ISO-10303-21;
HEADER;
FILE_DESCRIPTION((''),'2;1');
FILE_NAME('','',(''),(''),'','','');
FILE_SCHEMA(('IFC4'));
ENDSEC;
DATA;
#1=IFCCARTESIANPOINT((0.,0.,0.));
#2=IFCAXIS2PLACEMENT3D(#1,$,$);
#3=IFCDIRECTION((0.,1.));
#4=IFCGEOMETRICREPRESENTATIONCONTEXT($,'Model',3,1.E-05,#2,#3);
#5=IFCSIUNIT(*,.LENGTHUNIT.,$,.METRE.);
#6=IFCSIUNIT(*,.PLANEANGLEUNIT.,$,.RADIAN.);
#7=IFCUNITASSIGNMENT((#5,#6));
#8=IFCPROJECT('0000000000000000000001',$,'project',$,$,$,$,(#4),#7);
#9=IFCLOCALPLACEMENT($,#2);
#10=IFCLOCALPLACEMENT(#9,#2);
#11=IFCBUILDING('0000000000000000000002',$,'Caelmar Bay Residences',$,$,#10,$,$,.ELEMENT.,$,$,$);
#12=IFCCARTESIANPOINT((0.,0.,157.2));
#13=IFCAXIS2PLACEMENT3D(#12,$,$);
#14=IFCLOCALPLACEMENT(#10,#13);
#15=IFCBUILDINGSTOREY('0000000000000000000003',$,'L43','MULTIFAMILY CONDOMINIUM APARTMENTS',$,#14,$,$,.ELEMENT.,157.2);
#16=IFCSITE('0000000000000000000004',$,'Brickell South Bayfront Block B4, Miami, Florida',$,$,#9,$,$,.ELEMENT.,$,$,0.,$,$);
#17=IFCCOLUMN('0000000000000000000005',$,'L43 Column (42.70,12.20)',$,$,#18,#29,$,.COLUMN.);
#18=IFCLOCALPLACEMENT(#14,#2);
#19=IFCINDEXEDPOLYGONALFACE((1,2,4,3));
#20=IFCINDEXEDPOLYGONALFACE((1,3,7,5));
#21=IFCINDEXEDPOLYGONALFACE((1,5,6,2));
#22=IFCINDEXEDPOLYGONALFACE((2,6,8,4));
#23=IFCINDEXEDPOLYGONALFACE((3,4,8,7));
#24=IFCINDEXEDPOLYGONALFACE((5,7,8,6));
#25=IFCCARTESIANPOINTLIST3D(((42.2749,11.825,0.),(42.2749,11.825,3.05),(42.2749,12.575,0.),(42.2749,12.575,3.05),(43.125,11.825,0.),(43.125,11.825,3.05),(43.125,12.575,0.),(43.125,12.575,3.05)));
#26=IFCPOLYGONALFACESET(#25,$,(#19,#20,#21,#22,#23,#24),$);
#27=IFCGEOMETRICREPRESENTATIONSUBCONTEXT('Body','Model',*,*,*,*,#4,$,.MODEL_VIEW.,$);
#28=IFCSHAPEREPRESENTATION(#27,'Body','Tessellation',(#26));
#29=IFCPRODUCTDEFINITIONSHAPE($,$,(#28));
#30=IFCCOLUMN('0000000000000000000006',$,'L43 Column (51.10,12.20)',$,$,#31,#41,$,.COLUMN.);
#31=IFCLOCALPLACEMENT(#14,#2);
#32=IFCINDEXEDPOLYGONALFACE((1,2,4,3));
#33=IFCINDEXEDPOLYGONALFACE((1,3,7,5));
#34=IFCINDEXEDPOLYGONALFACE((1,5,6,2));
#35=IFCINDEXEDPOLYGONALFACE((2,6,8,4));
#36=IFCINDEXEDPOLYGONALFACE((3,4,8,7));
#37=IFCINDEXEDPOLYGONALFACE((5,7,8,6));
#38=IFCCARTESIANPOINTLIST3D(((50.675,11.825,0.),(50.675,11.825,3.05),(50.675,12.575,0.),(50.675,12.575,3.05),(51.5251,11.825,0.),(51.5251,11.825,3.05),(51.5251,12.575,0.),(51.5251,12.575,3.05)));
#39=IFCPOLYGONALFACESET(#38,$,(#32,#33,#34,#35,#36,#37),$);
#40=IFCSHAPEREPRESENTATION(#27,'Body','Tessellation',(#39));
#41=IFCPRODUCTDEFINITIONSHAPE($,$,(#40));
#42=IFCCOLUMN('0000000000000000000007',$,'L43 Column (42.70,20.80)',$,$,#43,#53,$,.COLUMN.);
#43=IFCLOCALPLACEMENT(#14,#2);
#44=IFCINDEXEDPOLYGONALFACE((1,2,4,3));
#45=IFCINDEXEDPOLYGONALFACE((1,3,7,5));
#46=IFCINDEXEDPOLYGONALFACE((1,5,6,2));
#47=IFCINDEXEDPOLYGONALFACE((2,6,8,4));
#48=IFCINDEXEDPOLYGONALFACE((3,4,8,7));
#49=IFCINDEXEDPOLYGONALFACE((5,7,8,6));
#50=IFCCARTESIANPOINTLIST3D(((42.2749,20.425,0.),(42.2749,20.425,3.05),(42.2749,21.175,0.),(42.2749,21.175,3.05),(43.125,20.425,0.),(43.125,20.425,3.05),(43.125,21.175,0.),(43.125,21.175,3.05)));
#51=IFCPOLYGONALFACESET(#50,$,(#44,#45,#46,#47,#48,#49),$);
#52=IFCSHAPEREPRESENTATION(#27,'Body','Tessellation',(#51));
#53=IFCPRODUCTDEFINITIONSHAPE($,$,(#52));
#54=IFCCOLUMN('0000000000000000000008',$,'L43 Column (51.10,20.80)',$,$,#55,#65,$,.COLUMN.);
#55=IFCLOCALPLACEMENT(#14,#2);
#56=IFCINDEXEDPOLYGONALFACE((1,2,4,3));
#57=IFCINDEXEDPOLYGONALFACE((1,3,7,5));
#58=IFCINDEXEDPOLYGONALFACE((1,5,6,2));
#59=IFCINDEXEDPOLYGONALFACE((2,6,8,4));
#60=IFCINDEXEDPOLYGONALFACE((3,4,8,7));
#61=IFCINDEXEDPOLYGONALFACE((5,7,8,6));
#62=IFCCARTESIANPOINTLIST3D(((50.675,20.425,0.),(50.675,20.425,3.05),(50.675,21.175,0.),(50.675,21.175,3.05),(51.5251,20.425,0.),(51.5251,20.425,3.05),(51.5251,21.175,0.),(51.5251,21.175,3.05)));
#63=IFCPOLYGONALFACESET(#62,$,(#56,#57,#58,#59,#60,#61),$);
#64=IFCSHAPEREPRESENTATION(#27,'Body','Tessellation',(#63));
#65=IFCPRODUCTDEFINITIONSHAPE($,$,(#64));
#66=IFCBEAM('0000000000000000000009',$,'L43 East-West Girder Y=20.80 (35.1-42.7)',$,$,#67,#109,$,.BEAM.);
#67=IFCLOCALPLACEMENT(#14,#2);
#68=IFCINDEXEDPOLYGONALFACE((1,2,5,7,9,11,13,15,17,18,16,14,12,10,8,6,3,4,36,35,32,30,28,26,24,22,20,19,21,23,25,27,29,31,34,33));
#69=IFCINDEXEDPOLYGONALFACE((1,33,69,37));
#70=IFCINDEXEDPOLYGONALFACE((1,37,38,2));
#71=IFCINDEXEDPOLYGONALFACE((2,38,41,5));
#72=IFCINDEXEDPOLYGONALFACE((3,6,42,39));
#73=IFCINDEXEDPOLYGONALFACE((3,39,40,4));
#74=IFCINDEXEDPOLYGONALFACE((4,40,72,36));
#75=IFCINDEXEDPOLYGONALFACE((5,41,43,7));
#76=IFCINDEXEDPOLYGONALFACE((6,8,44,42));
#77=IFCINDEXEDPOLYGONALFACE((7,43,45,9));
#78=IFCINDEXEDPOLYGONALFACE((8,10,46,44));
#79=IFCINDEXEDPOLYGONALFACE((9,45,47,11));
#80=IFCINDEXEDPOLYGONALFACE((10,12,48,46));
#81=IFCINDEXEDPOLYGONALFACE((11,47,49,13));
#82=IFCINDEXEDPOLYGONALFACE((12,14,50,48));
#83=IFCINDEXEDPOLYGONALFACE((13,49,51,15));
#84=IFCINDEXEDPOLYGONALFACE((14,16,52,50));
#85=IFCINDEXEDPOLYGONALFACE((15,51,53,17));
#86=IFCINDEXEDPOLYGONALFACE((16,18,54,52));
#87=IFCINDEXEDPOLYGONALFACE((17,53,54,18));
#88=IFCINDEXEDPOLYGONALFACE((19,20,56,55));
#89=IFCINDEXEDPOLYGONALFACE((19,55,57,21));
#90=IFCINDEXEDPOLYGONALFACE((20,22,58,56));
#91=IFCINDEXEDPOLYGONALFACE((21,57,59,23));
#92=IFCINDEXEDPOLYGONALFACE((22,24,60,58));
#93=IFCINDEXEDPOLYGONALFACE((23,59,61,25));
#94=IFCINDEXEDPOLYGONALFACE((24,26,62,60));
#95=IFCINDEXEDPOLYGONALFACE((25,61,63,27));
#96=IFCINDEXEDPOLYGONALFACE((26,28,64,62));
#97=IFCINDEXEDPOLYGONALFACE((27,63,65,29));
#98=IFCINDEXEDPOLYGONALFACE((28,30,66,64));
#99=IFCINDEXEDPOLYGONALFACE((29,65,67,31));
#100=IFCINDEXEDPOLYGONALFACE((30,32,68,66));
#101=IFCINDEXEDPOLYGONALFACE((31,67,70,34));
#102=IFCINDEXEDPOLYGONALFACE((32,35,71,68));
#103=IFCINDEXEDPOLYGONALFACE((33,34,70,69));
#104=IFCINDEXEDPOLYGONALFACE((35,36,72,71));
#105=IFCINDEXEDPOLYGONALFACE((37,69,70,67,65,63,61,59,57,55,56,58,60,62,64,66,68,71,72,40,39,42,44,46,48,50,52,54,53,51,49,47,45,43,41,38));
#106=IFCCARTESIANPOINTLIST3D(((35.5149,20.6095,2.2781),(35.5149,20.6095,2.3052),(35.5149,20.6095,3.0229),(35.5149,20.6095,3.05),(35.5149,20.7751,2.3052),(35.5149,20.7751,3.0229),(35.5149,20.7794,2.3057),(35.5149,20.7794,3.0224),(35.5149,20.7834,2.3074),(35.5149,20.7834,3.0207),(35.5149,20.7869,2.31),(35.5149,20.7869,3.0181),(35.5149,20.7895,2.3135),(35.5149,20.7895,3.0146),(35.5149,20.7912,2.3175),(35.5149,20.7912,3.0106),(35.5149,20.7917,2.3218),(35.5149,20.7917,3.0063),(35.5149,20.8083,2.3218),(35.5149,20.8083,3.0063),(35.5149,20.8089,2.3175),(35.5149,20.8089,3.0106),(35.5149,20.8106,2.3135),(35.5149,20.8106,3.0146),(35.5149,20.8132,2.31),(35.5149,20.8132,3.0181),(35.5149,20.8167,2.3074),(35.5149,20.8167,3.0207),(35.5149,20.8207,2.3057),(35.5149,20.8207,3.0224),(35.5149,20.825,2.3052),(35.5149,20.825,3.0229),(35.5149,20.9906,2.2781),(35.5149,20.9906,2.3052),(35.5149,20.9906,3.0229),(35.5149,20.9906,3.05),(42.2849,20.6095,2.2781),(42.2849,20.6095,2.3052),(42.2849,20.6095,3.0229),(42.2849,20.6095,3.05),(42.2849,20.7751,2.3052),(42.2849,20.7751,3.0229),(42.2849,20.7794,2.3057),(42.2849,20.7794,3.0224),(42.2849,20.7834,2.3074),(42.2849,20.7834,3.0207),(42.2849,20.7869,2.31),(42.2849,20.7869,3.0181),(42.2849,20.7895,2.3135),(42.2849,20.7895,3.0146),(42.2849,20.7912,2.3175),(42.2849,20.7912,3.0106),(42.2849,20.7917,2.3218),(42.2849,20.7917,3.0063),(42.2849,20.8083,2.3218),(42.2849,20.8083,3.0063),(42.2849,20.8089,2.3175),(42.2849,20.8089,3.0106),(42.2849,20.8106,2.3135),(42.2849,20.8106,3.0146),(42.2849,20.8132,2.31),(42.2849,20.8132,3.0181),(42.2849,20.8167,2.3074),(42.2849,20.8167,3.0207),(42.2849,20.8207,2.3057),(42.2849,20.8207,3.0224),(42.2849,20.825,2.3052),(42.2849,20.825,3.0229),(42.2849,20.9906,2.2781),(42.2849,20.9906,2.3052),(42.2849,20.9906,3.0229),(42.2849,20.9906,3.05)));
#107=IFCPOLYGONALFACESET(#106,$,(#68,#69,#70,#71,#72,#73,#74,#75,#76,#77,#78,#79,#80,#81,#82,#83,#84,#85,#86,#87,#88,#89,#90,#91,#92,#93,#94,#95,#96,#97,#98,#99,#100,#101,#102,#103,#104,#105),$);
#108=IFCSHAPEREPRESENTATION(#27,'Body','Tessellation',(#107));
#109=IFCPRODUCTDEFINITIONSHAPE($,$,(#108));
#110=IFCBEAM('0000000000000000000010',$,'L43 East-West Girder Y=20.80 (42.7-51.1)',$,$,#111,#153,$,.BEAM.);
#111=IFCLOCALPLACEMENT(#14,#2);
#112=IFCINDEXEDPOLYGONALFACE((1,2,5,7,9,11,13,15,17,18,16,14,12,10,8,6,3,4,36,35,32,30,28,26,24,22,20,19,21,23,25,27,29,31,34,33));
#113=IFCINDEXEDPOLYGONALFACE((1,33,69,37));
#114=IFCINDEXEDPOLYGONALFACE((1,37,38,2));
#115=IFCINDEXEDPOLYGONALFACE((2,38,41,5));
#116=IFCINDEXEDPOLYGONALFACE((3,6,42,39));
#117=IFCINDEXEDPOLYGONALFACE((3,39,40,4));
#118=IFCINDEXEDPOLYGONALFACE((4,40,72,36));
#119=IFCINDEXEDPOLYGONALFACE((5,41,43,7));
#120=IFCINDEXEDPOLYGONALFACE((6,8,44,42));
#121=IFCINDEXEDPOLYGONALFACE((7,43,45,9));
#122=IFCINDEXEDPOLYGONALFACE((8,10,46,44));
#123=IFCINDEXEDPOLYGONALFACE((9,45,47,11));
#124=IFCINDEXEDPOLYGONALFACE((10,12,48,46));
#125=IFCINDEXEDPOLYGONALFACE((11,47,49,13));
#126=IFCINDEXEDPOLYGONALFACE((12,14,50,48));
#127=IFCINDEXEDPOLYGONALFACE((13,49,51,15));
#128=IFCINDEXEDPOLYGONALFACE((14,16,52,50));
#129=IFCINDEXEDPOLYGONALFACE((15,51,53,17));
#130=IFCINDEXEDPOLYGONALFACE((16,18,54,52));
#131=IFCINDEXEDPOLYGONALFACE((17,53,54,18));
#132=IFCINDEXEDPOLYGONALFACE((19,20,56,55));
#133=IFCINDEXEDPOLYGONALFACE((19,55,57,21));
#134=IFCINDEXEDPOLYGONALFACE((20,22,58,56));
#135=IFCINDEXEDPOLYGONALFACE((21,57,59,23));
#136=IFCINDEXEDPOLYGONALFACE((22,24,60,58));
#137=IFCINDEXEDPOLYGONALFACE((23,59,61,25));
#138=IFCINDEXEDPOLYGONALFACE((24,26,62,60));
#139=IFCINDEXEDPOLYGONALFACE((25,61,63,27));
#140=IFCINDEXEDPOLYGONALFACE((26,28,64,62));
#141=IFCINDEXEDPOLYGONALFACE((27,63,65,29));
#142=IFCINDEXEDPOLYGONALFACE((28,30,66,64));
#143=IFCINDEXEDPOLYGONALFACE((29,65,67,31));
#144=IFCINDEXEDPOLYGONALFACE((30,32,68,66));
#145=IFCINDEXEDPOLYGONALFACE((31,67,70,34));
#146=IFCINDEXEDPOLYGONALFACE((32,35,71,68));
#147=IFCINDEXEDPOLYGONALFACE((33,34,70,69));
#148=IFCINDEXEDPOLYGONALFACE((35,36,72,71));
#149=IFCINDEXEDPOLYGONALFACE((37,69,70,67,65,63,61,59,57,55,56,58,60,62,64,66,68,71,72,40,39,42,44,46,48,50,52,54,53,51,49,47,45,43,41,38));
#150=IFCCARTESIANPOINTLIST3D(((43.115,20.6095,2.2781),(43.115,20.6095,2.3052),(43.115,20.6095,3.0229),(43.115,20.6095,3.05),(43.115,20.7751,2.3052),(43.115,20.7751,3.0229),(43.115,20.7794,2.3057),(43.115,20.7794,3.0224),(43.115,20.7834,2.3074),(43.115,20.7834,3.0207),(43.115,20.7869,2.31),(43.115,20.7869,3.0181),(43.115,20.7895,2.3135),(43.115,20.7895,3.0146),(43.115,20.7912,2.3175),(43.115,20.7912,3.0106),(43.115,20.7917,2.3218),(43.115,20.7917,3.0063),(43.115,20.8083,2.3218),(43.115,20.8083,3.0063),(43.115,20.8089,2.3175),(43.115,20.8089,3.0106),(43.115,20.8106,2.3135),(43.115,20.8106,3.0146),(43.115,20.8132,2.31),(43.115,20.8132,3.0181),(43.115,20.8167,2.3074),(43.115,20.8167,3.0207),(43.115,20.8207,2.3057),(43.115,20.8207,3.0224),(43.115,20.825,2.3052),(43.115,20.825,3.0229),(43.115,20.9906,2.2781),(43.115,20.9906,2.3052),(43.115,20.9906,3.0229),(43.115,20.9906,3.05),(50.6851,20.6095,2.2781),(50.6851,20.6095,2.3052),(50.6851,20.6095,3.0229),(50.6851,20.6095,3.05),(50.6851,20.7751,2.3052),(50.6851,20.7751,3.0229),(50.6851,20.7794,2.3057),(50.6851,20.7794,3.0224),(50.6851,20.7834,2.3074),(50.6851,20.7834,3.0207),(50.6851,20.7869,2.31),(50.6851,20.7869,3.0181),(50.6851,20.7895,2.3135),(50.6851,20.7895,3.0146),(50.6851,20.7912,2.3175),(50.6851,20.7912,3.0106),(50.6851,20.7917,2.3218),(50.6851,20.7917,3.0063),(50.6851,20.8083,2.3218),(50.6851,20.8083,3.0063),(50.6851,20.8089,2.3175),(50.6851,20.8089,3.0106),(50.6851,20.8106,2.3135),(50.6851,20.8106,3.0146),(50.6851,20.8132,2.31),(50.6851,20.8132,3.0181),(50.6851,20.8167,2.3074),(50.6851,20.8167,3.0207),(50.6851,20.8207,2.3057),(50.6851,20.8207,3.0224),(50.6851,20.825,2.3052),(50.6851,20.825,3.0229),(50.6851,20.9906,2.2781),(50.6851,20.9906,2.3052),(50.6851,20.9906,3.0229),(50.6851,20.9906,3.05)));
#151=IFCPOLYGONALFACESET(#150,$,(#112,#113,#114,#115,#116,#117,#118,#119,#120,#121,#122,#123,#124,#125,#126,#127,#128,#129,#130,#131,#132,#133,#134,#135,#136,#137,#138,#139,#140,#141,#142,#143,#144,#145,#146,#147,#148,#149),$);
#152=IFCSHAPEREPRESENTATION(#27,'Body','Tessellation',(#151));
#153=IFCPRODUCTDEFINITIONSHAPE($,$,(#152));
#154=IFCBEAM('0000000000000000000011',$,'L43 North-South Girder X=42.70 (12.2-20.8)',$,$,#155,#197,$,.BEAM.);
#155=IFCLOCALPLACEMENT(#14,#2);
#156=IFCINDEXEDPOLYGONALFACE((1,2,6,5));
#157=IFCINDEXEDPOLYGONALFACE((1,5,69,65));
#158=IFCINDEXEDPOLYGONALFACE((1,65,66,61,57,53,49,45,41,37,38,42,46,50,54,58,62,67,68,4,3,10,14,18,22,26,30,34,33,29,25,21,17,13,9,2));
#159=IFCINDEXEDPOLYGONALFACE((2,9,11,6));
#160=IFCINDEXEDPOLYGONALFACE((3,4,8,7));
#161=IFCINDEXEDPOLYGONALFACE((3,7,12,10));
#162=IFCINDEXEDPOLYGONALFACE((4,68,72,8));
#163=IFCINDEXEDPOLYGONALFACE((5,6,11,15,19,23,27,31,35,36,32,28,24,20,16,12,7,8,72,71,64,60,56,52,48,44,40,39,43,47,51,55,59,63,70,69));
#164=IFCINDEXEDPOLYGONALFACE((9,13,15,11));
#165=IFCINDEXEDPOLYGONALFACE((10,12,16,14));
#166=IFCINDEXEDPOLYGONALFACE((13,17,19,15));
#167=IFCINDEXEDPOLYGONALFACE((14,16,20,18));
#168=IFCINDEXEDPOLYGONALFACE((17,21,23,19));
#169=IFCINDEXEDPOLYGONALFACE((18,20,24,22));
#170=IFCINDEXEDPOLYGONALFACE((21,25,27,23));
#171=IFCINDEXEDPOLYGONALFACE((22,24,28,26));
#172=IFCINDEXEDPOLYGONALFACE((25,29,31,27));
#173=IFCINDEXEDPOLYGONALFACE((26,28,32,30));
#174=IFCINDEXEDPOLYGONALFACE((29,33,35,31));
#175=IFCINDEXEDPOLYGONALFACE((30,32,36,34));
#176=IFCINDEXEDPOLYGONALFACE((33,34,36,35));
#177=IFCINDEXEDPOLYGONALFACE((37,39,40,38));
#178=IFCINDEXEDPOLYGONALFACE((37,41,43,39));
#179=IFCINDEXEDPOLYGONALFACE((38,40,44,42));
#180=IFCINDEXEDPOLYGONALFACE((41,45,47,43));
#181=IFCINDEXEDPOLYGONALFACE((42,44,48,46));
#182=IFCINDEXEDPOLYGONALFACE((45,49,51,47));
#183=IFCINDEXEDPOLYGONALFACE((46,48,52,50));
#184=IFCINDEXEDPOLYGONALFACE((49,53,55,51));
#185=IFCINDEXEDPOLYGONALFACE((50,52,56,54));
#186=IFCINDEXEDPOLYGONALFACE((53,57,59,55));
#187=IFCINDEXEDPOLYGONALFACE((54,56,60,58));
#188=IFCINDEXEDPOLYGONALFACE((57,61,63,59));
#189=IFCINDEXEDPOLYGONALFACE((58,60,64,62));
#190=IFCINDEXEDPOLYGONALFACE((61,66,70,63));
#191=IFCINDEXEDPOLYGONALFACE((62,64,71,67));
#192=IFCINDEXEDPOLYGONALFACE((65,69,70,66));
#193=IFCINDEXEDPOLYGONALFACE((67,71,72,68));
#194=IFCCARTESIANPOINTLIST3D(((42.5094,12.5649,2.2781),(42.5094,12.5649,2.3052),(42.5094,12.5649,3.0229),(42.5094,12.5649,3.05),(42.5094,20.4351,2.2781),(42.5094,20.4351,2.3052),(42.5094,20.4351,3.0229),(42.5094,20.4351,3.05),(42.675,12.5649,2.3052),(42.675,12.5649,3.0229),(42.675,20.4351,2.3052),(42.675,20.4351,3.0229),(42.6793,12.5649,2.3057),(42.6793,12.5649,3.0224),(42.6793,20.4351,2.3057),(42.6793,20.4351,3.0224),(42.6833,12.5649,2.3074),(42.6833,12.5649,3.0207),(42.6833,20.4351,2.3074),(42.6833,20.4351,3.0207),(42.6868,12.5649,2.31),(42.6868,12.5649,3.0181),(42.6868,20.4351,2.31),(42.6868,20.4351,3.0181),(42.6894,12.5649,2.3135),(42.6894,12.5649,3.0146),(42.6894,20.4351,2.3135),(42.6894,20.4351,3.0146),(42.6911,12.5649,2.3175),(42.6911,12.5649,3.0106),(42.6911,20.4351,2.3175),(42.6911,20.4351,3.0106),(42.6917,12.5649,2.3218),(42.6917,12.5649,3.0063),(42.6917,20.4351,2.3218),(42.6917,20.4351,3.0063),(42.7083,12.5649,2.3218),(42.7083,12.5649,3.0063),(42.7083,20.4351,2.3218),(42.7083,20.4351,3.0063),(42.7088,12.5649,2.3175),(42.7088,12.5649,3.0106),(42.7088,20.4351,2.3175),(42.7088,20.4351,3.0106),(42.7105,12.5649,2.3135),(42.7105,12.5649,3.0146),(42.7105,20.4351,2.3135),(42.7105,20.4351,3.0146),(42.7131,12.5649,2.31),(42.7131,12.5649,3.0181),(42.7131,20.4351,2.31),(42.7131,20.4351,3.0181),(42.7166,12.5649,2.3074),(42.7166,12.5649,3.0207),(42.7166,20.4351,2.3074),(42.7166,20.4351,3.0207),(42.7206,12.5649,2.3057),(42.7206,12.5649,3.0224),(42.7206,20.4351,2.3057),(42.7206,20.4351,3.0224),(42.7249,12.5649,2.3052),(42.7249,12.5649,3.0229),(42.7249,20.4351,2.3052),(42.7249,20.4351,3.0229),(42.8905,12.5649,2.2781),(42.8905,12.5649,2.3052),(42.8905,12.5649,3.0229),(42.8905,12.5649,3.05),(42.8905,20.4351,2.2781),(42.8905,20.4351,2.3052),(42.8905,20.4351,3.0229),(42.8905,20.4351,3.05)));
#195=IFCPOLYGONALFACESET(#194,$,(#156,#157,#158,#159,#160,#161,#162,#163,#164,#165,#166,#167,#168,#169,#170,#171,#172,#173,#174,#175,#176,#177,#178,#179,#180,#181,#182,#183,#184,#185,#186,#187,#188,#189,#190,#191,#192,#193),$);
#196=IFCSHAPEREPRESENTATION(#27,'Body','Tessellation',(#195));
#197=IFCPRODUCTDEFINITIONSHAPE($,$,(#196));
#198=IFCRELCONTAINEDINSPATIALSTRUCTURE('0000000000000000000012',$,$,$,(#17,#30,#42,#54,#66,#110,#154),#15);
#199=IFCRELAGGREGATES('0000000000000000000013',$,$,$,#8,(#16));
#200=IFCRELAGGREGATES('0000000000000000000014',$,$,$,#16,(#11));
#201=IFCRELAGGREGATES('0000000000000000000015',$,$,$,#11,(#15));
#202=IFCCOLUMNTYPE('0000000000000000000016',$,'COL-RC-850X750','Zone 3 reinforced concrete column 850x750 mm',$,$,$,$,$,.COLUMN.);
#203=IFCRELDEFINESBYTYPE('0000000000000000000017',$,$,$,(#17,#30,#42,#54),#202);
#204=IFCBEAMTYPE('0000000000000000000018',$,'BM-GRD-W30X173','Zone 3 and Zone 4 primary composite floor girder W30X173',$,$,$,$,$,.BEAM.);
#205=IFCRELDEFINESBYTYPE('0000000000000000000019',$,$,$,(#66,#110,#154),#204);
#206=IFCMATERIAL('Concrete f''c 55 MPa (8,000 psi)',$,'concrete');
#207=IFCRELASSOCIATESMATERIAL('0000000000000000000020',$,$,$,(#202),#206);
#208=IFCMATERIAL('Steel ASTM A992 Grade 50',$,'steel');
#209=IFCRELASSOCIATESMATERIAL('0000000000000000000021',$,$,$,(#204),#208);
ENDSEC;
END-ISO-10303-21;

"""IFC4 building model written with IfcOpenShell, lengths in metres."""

from ifc_helpers import new_model, si_unit, direction, frame, origin, origin_2d, place, context, subcontext, project, spatial, rectangle, i_section, extrude, material, material_profile, profile_set, type_object, element, save


model = new_model("IFC4")

# Units and contexts
model_context = context("Model", 3, precision=1e-05, world=origin(), true_north=direction((0.0, 1.0)))
body_context = subcontext(model_context, "Body", "Model", "MODEL_VIEW")
ifc_project = project(units=[si_unit("LENGTHUNIT", "METRE"), si_unit("PLANEANGLEUNIT", "RADIAN")], contexts=[model_context])

# Site, building, storey
site_placement = place(None, origin())
site = spatial("IfcSite", under=ifc_project, at=site_placement, Name="Brickell South Bayfront Block B4, Miami, Florida", CompositionType="ELEMENT", RefElevation=0.0)
building_placement = place(site_placement, origin())
building = spatial("IfcBuilding", under=site, at=building_placement, Name="Caelmar Bay Residences", CompositionType="ELEMENT")
storey_placement = place(building_placement, frame((0.0, 0.0, 157.2)))
storey = spatial("IfcBuildingStorey", under=building, at=storey_placement, Name="L43", Description="MULTIFAMILY CONDOMINIUM APARTMENTS", CompositionType="ELEMENT", Elevation=157.2)

# Columns
ifc_material_1 = material(Name="Concrete f'c 55 MPa (8,000 psi)", Category="concrete")
ifc_material_profile_1 = material_profile(ifc_material_1, rectangle(XDim=0.8501, YDim=0.75, at=origin_2d()), Name="RC-COL-850X750")
ifc_profile_set_1 = profile_set([ifc_material_profile_1], Name="Concrete f'c 55 MPa (8,000 psi)")
column_type = type_object("IfcColumnType", Name="COL-RC-850X750", Description="Zone 3 reinforced concrete column 850x750 mm", PredefinedType="COLUMN", material=ifc_profile_set_1)
for number, where, z_axis, x_axis, name in (
    (1, (42.7, 12.2, 0.0), (0.0, 0.0, 1.0), (1.0, 0.0, 0.0), "L43 Column (42.70,12.20)"),
    (2, (51.1001, 12.2, 0.0), (0.0, 0.0, 1.0), (1.0, 0.0, 0.0), "L43 Column (51.10,12.20)"),
    (3, (42.7, 20.8, 0.0), (0.0, 0.0, 1.0), (1.0, 0.0, 0.0), "L43 Column (42.70,20.80)"),
    (4, (51.1001, 20.8, 0.0), (0.0, 0.0, 1.0), (1.0, 0.0, 0.0), "L43 Column (51.10,20.80)"),
):
    element("IfcColumn", number, at=place(storey_placement, frame(where, z_axis=z_axis, x_axis=x_axis)), inside=storey, type_object=column_type, Name=name, PredefinedType="COLUMN", context=body_context, shape_type="SweptSolid", body=[
        extrude(rectangle(XDim=0.8501, YDim=0.75, at=origin_2d()), origin(), (0.0, 0.0, 1.0), 3.05),
    ])

# Beams
ifc_material_2 = material(Name="Steel ASTM A992 Grade 50", Category="steel")
ifc_material_profile_2 = material_profile(ifc_material_2, i_section(OverallWidth=0.3811, OverallDepth=0.772, WebThickness=0.0166, FlangeThickness=0.0271, FilletRadius=0.0166, at=origin_2d()), Name="W30X173")
ifc_profile_set_2 = profile_set([ifc_material_profile_2], Name="Steel ASTM A992 Grade 50")
beam_type_1 = type_object("IfcBeamType", Name="BM-GRD-W30X173", Description="Zone 3 and Zone 4 primary composite floor girder W30X173", PredefinedType="BEAM", material=ifc_profile_set_2)
beam_1_placement = place(storey_placement, frame((35.5149, 20.8, 2.6641), z_axis=(1.0, 0.0, 0.0), x_axis=(0.0, 1.0, 0.0)))
element("IfcBeam", 5, at=beam_1_placement, inside=storey, type_object=beam_type_1, Name="L43 East-West Girder Y=20.80 (35.1-42.7)", PredefinedType="BEAM", context=body_context, shape_type="SweptSolid", body=[
    extrude(i_section(OverallWidth=0.3811, OverallDepth=0.772, WebThickness=0.0166, FlangeThickness=0.0271, FilletRadius=0.0166, at=origin_2d()), origin(), (0.0, 0.0, 1.0), 6.77),
])
beam_2_placement = place(storey_placement, frame((43.115, 20.8, 2.6641), z_axis=(1.0, 0.0, 0.0), x_axis=(0.0, 1.0, 0.0)))
element("IfcBeam", 6, at=beam_2_placement, inside=storey, type_object=beam_type_1, Name="L43 East-West Girder Y=20.80 (42.7-51.1)", PredefinedType="BEAM", context=body_context, shape_type="SweptSolid", body=[
    extrude(i_section(OverallWidth=0.3811, OverallDepth=0.772, WebThickness=0.0166, FlangeThickness=0.0271, FilletRadius=0.0166, at=origin_2d()), origin(), (0.0, 0.0, 1.0), 7.5701),
])
beam_3_placement = place(storey_placement, frame((42.7, 12.5649, 2.6641), z_axis=(0.0, 1.0, 0.0), x_axis=(-1.0, 0.0, 0.0)))
element("IfcBeam", 7, at=beam_3_placement, inside=storey, type_object=beam_type_1, Name="L43 North-South Girder X=42.70 (12.2-20.8)", PredefinedType="BEAM", context=body_context, shape_type="SweptSolid", body=[
    extrude(i_section(OverallWidth=0.3811, OverallDepth=0.772, WebThickness=0.0166, FlangeThickness=0.0271, FilletRadius=0.0166, at=origin_2d()), origin(), (0.0, 0.0, 1.0), 7.8701),
])

save(model, "model.ifc")
